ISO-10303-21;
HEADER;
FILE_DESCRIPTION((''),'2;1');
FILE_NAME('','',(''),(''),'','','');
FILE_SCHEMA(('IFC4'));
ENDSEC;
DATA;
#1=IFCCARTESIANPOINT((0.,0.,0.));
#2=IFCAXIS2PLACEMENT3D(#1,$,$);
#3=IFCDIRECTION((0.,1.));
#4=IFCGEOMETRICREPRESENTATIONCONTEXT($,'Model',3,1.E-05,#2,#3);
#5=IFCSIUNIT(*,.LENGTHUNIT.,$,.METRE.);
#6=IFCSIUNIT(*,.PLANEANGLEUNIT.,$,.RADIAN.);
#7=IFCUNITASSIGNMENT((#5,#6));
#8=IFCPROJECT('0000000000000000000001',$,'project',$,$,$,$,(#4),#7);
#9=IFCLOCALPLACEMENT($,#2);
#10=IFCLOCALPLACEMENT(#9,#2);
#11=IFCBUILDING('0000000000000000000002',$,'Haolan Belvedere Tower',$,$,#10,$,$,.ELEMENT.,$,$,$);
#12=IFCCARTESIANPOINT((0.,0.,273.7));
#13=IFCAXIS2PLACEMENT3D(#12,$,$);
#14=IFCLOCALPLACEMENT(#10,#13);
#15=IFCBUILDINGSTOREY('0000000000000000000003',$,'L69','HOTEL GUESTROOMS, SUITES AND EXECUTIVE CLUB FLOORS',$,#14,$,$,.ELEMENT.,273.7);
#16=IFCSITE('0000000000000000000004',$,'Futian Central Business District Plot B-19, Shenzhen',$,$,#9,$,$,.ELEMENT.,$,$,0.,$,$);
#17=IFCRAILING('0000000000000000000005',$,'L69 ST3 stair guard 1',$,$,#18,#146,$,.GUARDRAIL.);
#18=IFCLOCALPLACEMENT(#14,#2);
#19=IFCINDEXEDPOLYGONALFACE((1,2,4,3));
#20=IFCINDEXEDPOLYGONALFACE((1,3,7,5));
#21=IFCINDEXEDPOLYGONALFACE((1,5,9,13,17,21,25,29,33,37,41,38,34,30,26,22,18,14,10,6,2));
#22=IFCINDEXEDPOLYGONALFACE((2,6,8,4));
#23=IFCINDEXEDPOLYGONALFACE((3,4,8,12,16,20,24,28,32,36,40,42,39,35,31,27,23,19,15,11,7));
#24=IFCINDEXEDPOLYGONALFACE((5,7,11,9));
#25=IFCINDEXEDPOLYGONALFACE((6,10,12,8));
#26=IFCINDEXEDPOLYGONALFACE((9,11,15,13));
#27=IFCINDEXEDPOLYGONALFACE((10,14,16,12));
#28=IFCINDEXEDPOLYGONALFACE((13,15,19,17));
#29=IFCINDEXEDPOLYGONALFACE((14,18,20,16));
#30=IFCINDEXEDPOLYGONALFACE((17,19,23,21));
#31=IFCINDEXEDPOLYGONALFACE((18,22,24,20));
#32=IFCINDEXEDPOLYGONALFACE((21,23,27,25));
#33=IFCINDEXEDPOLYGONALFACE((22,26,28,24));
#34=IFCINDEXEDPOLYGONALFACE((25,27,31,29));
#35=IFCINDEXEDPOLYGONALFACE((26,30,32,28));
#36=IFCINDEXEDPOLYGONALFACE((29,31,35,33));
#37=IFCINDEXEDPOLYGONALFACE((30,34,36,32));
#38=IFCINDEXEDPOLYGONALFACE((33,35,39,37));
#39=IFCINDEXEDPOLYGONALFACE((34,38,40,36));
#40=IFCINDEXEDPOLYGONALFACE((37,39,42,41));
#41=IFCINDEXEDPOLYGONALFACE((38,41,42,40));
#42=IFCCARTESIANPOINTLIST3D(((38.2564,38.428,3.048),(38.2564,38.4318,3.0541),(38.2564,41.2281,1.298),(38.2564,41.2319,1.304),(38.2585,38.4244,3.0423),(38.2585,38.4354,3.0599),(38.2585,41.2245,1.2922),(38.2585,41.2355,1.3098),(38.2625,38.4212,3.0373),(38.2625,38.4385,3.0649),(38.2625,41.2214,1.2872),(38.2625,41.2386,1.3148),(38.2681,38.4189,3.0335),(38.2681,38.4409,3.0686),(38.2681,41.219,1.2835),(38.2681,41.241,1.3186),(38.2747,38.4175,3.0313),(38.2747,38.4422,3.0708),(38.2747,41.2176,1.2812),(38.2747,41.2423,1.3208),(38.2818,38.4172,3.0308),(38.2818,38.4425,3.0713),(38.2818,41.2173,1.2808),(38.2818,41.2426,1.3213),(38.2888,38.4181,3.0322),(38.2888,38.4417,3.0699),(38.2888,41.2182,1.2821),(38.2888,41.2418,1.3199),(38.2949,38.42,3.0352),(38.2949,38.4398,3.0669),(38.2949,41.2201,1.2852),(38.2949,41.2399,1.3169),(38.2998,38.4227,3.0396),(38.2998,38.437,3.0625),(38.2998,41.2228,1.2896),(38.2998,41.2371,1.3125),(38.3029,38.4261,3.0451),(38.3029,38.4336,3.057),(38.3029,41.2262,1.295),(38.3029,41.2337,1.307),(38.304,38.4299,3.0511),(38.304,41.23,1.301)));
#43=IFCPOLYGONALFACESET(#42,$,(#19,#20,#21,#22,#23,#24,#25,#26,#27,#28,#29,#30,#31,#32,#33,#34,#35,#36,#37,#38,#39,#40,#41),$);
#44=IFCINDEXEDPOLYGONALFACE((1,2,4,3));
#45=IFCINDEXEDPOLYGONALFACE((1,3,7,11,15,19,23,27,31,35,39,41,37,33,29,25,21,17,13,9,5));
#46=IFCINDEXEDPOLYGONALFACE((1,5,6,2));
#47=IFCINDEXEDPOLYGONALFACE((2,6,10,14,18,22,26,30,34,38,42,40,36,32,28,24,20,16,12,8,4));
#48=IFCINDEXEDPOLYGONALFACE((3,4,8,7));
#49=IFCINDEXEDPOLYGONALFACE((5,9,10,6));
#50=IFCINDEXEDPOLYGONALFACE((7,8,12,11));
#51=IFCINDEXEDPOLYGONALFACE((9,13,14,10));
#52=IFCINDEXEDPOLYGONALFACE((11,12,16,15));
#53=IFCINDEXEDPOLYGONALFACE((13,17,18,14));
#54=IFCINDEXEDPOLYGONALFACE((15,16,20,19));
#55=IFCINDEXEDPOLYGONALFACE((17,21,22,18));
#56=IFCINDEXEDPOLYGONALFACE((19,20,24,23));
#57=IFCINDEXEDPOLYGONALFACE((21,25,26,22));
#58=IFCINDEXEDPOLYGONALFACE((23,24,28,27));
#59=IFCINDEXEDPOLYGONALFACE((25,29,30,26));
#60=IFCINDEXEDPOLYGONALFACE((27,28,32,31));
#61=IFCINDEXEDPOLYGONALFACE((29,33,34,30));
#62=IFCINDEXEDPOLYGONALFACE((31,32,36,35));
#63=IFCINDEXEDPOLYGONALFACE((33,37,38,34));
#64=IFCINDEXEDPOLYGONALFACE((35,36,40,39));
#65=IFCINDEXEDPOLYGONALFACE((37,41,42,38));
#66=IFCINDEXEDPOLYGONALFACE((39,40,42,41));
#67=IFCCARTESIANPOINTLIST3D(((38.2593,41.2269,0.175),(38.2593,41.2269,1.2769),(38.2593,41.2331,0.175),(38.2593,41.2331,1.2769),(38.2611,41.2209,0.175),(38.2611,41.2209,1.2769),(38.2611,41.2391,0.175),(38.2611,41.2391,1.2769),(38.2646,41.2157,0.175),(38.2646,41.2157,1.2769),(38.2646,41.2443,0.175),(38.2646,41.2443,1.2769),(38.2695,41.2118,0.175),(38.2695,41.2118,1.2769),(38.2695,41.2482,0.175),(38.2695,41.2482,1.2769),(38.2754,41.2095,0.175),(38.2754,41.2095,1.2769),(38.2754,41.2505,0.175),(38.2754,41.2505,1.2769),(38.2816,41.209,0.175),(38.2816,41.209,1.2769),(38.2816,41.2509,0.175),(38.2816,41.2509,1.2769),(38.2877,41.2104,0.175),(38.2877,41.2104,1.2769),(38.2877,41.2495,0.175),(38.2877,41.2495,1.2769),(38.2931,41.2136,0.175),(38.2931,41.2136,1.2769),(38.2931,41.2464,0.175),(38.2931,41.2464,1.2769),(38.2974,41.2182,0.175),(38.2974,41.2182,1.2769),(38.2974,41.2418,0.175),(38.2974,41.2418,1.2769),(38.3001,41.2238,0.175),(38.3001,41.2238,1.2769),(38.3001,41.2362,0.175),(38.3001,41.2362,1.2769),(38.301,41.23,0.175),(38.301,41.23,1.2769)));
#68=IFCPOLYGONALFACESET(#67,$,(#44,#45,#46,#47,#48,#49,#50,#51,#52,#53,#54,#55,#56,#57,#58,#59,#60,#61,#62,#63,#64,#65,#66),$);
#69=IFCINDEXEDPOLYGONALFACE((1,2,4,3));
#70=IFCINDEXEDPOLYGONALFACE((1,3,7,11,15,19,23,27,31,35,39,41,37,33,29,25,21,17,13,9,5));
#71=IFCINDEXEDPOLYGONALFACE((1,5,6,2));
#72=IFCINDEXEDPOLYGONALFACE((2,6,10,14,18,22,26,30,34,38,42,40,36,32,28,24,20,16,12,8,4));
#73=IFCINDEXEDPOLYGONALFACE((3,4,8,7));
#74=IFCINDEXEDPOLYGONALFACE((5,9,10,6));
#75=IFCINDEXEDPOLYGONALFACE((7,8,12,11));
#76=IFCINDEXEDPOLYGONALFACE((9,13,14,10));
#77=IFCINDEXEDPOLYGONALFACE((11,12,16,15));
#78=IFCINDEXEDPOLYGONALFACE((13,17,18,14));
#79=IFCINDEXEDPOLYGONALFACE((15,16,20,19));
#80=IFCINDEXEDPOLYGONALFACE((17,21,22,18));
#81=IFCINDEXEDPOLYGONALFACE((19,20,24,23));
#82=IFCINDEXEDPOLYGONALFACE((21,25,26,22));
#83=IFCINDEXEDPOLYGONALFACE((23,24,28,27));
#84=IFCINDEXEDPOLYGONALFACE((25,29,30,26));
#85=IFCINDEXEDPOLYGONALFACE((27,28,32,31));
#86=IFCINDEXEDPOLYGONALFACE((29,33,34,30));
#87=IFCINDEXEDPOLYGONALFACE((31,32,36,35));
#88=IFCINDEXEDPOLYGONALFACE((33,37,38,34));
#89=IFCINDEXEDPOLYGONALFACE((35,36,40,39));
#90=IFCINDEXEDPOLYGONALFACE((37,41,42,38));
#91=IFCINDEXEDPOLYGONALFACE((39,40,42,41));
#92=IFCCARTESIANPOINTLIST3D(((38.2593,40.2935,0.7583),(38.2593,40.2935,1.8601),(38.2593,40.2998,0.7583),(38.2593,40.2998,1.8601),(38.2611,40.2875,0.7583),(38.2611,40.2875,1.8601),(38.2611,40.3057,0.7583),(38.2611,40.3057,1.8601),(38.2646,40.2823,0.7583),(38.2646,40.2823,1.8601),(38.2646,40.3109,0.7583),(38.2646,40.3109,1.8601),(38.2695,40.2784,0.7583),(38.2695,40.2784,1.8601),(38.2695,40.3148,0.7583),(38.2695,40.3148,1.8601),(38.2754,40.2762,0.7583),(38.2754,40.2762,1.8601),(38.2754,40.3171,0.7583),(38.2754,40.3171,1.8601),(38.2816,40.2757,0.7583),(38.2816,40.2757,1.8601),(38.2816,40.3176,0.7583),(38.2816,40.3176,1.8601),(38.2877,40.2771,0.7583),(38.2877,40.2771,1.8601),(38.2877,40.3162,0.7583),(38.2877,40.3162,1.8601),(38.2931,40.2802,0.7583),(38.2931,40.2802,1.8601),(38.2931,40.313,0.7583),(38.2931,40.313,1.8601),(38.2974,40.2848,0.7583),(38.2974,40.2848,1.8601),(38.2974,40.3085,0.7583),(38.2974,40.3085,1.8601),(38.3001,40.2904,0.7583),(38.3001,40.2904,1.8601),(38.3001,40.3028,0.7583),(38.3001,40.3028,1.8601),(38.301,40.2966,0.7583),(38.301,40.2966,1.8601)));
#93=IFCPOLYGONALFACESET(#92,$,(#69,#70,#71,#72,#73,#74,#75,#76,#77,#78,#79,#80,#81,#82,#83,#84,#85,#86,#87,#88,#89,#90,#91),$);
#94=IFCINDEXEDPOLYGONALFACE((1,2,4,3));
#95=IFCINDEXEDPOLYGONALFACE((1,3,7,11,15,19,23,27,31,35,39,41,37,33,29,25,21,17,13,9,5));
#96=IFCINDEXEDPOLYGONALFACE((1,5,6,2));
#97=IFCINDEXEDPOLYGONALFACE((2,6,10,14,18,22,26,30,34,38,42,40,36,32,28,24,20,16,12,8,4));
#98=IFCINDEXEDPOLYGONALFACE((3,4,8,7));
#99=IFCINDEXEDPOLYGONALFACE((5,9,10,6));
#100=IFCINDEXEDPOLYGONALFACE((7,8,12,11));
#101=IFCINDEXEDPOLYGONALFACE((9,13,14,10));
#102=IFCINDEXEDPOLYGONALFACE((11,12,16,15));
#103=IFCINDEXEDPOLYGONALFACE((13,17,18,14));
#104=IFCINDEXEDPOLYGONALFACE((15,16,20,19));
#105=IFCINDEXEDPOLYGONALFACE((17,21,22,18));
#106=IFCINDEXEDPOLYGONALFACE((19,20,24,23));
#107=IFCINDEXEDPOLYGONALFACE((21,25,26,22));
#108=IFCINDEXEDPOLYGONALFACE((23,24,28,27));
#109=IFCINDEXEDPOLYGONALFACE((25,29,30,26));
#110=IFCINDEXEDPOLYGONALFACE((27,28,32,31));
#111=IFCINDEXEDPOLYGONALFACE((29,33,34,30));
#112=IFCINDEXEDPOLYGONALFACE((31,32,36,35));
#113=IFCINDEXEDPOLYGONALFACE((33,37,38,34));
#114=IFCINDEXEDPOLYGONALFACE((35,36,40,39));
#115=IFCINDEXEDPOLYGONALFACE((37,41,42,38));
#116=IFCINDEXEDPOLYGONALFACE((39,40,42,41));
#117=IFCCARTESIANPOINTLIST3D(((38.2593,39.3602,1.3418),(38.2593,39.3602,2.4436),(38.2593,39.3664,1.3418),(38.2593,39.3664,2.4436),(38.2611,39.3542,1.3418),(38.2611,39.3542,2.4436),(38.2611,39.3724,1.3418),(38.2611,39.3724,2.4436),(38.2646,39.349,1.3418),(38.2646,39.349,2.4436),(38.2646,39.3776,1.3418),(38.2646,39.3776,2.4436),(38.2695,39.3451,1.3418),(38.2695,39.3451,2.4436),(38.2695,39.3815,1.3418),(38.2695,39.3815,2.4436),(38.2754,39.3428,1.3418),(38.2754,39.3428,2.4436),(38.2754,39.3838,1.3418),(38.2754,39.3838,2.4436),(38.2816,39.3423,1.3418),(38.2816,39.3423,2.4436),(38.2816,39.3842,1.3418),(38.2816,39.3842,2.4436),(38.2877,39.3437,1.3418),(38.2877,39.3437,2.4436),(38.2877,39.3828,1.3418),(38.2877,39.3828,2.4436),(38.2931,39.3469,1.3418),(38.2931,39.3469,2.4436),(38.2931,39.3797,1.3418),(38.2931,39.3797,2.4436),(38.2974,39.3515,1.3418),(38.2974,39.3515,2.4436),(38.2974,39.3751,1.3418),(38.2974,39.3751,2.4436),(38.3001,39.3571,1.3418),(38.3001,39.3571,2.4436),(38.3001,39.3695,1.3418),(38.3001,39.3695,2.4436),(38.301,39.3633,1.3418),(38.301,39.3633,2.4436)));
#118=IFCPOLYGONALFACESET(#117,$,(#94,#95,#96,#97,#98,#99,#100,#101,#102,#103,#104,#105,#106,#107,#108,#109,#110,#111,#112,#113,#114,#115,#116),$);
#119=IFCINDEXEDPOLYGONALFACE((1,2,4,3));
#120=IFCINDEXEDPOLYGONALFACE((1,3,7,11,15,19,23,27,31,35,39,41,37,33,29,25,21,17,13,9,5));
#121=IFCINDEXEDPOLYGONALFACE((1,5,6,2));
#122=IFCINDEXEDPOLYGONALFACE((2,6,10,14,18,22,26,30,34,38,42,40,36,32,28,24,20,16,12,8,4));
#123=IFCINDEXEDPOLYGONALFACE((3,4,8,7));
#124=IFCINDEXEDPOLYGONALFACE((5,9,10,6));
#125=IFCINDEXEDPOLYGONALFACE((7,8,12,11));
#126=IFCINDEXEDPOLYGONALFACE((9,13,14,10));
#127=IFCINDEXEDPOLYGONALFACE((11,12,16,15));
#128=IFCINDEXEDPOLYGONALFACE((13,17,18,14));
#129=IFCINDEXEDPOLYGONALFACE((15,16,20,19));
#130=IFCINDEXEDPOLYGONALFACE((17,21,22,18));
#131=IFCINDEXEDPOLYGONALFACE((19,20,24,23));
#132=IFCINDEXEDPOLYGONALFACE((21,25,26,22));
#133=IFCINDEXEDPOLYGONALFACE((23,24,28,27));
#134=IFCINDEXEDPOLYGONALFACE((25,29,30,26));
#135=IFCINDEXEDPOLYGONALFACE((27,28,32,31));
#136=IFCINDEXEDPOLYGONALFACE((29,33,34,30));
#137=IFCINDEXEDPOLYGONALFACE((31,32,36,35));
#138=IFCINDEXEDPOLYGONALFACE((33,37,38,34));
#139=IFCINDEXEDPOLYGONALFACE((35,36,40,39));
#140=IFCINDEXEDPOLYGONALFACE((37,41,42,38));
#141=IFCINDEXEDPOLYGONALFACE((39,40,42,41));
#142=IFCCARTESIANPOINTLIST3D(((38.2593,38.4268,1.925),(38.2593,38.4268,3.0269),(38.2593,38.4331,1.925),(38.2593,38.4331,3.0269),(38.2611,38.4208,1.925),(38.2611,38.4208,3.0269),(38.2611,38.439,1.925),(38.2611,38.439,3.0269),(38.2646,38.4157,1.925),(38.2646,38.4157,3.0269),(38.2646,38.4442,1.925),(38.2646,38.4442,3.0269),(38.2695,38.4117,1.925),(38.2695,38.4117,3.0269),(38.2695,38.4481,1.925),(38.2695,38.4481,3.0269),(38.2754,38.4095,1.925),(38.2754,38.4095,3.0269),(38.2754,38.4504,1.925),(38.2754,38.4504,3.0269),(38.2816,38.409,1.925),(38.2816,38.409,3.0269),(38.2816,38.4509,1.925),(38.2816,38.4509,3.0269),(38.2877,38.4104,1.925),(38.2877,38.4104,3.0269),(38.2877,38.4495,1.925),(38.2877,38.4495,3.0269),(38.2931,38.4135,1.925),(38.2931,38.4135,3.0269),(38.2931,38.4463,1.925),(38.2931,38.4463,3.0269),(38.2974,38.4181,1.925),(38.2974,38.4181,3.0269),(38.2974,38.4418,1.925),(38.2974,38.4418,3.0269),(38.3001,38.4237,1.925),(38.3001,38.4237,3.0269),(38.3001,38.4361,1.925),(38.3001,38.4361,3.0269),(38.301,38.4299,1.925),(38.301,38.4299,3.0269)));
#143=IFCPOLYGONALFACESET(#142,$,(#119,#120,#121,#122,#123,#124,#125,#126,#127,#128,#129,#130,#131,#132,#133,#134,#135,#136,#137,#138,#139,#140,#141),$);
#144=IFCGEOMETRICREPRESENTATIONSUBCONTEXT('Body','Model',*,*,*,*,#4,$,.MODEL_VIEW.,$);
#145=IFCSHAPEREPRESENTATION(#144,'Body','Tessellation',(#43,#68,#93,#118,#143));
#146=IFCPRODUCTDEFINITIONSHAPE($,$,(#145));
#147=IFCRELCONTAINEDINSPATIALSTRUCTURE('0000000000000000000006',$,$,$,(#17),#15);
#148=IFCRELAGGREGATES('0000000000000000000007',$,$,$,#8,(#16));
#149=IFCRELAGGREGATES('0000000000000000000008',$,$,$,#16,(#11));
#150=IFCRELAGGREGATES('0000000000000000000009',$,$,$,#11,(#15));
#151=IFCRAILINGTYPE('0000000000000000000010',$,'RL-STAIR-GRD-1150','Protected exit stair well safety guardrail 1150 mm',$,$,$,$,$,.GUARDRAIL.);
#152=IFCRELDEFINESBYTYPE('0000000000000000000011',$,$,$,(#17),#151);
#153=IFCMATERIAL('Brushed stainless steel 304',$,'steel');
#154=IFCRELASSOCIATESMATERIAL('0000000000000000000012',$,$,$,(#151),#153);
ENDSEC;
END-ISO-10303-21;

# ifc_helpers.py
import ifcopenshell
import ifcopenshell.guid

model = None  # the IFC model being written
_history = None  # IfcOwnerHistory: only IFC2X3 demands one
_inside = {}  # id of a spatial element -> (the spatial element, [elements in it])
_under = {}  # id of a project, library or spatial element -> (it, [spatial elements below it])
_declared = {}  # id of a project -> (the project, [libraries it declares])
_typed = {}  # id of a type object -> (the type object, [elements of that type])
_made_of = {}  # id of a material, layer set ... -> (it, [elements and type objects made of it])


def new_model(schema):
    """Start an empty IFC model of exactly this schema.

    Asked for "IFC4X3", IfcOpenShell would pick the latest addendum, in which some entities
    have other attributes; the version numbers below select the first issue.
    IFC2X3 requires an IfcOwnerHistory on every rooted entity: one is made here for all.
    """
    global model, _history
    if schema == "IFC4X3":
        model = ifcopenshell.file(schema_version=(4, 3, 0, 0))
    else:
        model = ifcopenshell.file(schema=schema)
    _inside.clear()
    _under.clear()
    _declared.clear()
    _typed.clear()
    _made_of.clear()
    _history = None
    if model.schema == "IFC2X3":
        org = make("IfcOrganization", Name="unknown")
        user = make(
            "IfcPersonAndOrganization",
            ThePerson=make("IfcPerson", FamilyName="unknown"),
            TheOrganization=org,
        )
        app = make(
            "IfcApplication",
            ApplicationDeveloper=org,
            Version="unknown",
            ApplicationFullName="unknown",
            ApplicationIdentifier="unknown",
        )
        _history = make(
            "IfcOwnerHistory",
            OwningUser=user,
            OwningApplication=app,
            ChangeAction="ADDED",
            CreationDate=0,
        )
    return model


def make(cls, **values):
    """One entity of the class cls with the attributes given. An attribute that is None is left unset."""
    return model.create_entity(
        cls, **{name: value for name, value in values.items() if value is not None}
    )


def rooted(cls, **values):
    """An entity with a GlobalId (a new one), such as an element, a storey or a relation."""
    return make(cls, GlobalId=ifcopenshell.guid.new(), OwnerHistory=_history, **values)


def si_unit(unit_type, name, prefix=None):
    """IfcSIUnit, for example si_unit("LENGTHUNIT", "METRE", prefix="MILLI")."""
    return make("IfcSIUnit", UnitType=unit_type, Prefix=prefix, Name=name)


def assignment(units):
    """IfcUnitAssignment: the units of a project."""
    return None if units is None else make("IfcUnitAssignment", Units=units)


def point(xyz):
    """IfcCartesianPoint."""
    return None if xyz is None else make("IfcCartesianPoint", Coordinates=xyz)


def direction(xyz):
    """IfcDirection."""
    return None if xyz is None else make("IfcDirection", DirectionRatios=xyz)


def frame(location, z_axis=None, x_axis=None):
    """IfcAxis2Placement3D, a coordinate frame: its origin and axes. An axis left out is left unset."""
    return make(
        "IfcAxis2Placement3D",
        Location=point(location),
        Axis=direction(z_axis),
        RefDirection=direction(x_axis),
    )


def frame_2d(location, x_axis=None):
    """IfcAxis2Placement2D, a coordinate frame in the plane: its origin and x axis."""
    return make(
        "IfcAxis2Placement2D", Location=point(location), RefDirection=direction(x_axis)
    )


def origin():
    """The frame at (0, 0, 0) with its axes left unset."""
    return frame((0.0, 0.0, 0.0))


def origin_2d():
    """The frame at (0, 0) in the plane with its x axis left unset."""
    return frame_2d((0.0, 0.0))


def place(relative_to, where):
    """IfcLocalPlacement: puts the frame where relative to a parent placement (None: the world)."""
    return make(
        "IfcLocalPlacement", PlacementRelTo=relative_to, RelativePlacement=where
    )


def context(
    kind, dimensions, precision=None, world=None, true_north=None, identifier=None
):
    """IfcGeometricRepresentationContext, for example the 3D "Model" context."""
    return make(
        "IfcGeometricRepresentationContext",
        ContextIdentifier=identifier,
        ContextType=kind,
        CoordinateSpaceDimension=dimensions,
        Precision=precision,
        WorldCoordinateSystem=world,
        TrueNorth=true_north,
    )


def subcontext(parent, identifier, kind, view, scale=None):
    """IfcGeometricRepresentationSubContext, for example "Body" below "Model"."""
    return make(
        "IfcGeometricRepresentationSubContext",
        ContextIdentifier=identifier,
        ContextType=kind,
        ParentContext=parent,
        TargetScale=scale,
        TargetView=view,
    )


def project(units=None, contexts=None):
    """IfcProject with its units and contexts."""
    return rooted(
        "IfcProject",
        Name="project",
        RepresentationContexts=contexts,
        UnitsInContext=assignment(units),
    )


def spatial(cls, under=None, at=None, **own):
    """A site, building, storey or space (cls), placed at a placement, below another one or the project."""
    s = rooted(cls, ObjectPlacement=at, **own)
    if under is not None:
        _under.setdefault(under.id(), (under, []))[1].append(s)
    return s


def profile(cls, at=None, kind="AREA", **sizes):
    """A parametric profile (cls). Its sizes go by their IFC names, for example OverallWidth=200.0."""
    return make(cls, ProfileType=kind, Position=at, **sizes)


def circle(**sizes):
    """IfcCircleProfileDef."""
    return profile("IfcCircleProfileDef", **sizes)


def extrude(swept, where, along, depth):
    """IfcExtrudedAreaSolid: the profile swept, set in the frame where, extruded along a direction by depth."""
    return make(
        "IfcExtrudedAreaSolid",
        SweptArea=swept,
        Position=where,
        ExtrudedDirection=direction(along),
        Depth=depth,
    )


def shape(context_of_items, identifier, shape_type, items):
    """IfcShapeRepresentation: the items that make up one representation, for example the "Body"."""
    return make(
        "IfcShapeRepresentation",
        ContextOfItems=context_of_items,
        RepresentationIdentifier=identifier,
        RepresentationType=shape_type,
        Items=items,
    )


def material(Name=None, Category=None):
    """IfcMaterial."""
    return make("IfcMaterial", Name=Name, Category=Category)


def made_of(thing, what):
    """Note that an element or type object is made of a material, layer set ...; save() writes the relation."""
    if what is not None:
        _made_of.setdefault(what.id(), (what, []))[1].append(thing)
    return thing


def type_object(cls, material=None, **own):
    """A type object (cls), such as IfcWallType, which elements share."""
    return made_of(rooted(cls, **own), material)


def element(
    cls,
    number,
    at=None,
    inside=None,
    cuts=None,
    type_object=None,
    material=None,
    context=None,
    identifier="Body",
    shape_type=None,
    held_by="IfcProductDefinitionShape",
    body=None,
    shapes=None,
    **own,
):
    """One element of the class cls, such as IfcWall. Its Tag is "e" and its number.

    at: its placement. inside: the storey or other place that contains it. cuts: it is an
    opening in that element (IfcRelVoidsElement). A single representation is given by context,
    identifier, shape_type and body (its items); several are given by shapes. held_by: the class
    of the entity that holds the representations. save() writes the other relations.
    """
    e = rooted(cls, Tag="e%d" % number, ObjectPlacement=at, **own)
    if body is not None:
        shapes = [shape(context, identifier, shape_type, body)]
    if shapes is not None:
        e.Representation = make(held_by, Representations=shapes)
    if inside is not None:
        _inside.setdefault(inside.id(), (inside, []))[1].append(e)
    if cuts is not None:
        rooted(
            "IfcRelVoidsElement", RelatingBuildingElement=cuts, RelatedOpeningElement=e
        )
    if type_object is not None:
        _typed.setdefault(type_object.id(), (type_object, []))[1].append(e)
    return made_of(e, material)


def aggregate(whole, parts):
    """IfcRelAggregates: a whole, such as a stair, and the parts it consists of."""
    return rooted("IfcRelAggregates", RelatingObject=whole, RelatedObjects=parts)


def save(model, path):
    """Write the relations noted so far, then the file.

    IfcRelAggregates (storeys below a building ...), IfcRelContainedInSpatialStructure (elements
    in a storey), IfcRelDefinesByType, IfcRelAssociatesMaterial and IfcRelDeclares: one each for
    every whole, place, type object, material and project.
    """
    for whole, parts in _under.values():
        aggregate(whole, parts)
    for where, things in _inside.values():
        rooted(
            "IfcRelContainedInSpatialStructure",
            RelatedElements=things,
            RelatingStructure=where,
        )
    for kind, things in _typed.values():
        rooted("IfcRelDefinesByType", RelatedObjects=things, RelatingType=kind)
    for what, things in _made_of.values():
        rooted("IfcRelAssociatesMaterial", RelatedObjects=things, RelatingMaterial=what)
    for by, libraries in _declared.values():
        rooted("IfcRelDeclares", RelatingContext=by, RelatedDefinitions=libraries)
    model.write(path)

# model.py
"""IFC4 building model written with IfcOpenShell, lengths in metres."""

from ifc_helpers import new_model, si_unit, direction, frame, origin, origin_2d, place, context, subcontext, project, spatial, circle, extrude, material, type_object, element, save


model = new_model("IFC4")

# Units and contexts
model_context = context("Model", 3, precision=1e-05, world=origin(), true_north=direction((0.0, 1.0)))
body_context = subcontext(model_context, "Body", "Model", "MODEL_VIEW")
ifc_project = project(units=[si_unit("LENGTHUNIT", "METRE"), si_unit("PLANEANGLEUNIT", "RADIAN")], contexts=[model_context])

# Site, building, storey
site_placement = place(None, origin())
site = spatial("IfcSite", under=ifc_project, at=site_placement, Name="Futian Central Business District Plot B-19, Shenzhen", CompositionType="ELEMENT", RefElevation=0.0)
building_placement = place(site_placement, origin())
building = spatial("IfcBuilding", under=site, at=building_placement, Name="Haolan Belvedere Tower", CompositionType="ELEMENT")
storey_placement = place(building_placement, frame((0.0, 0.0, 273.7)))
storey = spatial("IfcBuildingStorey", under=building, at=storey_placement, Name="L69", Description="HOTEL GUESTROOMS, SUITES AND EXECUTIVE CLUB FLOORS", CompositionType="ELEMENT", Elevation=273.7)

# Railing
ifc_material_1 = material(Name="Brushed stainless steel 304", Category="steel")
railing_type_1 = type_object("IfcRailingType", Name="RL-STAIR-GRD-1150", Description="Protected exit stair well safety guardrail 1150 mm", PredefinedType="GUARDRAIL", material=ifc_material_1)
railing_1_placement = place(storey_placement, frame((38.28, 41.23, 0.175)))
element("IfcRailing", 1, at=railing_1_placement, inside=storey, type_object=railing_type_1, Name="L69 ST3 stair guard 1", PredefinedType="GUARDRAIL", context=body_context, shape_type="SweptSolid", body=[
    extrude(circle(Radius=0.0239, at=origin_2d()), frame((0.0, 0.0, 1.126), z_axis=(0.0, -0.848002, 0.529992), x_axis=(1.0, 0.0, 0.0)), (0.0, 0.0, 1.0), 3.302),
    extrude(circle(Radius=0.021, at=origin_2d()), origin(), (0.0, 0.0, 1.0), 1.1018),
    extrude(circle(Radius=0.021, at=origin_2d()), frame((0.0, -0.9333, 0.5833)), (0.0, 0.0, 1.0), 1.1018),
    extrude(circle(Radius=0.021, at=origin_2d()), frame((0.0, -1.8667, 1.1667)), (0.0, 0.0, 1.0), 1.1018),
    extrude(circle(Radius=0.021, at=origin_2d()), frame((0.0, -2.8, 1.75)), (0.0, 0.0, 1.0), 1.1018),
])

save(model, "model.ifc")
